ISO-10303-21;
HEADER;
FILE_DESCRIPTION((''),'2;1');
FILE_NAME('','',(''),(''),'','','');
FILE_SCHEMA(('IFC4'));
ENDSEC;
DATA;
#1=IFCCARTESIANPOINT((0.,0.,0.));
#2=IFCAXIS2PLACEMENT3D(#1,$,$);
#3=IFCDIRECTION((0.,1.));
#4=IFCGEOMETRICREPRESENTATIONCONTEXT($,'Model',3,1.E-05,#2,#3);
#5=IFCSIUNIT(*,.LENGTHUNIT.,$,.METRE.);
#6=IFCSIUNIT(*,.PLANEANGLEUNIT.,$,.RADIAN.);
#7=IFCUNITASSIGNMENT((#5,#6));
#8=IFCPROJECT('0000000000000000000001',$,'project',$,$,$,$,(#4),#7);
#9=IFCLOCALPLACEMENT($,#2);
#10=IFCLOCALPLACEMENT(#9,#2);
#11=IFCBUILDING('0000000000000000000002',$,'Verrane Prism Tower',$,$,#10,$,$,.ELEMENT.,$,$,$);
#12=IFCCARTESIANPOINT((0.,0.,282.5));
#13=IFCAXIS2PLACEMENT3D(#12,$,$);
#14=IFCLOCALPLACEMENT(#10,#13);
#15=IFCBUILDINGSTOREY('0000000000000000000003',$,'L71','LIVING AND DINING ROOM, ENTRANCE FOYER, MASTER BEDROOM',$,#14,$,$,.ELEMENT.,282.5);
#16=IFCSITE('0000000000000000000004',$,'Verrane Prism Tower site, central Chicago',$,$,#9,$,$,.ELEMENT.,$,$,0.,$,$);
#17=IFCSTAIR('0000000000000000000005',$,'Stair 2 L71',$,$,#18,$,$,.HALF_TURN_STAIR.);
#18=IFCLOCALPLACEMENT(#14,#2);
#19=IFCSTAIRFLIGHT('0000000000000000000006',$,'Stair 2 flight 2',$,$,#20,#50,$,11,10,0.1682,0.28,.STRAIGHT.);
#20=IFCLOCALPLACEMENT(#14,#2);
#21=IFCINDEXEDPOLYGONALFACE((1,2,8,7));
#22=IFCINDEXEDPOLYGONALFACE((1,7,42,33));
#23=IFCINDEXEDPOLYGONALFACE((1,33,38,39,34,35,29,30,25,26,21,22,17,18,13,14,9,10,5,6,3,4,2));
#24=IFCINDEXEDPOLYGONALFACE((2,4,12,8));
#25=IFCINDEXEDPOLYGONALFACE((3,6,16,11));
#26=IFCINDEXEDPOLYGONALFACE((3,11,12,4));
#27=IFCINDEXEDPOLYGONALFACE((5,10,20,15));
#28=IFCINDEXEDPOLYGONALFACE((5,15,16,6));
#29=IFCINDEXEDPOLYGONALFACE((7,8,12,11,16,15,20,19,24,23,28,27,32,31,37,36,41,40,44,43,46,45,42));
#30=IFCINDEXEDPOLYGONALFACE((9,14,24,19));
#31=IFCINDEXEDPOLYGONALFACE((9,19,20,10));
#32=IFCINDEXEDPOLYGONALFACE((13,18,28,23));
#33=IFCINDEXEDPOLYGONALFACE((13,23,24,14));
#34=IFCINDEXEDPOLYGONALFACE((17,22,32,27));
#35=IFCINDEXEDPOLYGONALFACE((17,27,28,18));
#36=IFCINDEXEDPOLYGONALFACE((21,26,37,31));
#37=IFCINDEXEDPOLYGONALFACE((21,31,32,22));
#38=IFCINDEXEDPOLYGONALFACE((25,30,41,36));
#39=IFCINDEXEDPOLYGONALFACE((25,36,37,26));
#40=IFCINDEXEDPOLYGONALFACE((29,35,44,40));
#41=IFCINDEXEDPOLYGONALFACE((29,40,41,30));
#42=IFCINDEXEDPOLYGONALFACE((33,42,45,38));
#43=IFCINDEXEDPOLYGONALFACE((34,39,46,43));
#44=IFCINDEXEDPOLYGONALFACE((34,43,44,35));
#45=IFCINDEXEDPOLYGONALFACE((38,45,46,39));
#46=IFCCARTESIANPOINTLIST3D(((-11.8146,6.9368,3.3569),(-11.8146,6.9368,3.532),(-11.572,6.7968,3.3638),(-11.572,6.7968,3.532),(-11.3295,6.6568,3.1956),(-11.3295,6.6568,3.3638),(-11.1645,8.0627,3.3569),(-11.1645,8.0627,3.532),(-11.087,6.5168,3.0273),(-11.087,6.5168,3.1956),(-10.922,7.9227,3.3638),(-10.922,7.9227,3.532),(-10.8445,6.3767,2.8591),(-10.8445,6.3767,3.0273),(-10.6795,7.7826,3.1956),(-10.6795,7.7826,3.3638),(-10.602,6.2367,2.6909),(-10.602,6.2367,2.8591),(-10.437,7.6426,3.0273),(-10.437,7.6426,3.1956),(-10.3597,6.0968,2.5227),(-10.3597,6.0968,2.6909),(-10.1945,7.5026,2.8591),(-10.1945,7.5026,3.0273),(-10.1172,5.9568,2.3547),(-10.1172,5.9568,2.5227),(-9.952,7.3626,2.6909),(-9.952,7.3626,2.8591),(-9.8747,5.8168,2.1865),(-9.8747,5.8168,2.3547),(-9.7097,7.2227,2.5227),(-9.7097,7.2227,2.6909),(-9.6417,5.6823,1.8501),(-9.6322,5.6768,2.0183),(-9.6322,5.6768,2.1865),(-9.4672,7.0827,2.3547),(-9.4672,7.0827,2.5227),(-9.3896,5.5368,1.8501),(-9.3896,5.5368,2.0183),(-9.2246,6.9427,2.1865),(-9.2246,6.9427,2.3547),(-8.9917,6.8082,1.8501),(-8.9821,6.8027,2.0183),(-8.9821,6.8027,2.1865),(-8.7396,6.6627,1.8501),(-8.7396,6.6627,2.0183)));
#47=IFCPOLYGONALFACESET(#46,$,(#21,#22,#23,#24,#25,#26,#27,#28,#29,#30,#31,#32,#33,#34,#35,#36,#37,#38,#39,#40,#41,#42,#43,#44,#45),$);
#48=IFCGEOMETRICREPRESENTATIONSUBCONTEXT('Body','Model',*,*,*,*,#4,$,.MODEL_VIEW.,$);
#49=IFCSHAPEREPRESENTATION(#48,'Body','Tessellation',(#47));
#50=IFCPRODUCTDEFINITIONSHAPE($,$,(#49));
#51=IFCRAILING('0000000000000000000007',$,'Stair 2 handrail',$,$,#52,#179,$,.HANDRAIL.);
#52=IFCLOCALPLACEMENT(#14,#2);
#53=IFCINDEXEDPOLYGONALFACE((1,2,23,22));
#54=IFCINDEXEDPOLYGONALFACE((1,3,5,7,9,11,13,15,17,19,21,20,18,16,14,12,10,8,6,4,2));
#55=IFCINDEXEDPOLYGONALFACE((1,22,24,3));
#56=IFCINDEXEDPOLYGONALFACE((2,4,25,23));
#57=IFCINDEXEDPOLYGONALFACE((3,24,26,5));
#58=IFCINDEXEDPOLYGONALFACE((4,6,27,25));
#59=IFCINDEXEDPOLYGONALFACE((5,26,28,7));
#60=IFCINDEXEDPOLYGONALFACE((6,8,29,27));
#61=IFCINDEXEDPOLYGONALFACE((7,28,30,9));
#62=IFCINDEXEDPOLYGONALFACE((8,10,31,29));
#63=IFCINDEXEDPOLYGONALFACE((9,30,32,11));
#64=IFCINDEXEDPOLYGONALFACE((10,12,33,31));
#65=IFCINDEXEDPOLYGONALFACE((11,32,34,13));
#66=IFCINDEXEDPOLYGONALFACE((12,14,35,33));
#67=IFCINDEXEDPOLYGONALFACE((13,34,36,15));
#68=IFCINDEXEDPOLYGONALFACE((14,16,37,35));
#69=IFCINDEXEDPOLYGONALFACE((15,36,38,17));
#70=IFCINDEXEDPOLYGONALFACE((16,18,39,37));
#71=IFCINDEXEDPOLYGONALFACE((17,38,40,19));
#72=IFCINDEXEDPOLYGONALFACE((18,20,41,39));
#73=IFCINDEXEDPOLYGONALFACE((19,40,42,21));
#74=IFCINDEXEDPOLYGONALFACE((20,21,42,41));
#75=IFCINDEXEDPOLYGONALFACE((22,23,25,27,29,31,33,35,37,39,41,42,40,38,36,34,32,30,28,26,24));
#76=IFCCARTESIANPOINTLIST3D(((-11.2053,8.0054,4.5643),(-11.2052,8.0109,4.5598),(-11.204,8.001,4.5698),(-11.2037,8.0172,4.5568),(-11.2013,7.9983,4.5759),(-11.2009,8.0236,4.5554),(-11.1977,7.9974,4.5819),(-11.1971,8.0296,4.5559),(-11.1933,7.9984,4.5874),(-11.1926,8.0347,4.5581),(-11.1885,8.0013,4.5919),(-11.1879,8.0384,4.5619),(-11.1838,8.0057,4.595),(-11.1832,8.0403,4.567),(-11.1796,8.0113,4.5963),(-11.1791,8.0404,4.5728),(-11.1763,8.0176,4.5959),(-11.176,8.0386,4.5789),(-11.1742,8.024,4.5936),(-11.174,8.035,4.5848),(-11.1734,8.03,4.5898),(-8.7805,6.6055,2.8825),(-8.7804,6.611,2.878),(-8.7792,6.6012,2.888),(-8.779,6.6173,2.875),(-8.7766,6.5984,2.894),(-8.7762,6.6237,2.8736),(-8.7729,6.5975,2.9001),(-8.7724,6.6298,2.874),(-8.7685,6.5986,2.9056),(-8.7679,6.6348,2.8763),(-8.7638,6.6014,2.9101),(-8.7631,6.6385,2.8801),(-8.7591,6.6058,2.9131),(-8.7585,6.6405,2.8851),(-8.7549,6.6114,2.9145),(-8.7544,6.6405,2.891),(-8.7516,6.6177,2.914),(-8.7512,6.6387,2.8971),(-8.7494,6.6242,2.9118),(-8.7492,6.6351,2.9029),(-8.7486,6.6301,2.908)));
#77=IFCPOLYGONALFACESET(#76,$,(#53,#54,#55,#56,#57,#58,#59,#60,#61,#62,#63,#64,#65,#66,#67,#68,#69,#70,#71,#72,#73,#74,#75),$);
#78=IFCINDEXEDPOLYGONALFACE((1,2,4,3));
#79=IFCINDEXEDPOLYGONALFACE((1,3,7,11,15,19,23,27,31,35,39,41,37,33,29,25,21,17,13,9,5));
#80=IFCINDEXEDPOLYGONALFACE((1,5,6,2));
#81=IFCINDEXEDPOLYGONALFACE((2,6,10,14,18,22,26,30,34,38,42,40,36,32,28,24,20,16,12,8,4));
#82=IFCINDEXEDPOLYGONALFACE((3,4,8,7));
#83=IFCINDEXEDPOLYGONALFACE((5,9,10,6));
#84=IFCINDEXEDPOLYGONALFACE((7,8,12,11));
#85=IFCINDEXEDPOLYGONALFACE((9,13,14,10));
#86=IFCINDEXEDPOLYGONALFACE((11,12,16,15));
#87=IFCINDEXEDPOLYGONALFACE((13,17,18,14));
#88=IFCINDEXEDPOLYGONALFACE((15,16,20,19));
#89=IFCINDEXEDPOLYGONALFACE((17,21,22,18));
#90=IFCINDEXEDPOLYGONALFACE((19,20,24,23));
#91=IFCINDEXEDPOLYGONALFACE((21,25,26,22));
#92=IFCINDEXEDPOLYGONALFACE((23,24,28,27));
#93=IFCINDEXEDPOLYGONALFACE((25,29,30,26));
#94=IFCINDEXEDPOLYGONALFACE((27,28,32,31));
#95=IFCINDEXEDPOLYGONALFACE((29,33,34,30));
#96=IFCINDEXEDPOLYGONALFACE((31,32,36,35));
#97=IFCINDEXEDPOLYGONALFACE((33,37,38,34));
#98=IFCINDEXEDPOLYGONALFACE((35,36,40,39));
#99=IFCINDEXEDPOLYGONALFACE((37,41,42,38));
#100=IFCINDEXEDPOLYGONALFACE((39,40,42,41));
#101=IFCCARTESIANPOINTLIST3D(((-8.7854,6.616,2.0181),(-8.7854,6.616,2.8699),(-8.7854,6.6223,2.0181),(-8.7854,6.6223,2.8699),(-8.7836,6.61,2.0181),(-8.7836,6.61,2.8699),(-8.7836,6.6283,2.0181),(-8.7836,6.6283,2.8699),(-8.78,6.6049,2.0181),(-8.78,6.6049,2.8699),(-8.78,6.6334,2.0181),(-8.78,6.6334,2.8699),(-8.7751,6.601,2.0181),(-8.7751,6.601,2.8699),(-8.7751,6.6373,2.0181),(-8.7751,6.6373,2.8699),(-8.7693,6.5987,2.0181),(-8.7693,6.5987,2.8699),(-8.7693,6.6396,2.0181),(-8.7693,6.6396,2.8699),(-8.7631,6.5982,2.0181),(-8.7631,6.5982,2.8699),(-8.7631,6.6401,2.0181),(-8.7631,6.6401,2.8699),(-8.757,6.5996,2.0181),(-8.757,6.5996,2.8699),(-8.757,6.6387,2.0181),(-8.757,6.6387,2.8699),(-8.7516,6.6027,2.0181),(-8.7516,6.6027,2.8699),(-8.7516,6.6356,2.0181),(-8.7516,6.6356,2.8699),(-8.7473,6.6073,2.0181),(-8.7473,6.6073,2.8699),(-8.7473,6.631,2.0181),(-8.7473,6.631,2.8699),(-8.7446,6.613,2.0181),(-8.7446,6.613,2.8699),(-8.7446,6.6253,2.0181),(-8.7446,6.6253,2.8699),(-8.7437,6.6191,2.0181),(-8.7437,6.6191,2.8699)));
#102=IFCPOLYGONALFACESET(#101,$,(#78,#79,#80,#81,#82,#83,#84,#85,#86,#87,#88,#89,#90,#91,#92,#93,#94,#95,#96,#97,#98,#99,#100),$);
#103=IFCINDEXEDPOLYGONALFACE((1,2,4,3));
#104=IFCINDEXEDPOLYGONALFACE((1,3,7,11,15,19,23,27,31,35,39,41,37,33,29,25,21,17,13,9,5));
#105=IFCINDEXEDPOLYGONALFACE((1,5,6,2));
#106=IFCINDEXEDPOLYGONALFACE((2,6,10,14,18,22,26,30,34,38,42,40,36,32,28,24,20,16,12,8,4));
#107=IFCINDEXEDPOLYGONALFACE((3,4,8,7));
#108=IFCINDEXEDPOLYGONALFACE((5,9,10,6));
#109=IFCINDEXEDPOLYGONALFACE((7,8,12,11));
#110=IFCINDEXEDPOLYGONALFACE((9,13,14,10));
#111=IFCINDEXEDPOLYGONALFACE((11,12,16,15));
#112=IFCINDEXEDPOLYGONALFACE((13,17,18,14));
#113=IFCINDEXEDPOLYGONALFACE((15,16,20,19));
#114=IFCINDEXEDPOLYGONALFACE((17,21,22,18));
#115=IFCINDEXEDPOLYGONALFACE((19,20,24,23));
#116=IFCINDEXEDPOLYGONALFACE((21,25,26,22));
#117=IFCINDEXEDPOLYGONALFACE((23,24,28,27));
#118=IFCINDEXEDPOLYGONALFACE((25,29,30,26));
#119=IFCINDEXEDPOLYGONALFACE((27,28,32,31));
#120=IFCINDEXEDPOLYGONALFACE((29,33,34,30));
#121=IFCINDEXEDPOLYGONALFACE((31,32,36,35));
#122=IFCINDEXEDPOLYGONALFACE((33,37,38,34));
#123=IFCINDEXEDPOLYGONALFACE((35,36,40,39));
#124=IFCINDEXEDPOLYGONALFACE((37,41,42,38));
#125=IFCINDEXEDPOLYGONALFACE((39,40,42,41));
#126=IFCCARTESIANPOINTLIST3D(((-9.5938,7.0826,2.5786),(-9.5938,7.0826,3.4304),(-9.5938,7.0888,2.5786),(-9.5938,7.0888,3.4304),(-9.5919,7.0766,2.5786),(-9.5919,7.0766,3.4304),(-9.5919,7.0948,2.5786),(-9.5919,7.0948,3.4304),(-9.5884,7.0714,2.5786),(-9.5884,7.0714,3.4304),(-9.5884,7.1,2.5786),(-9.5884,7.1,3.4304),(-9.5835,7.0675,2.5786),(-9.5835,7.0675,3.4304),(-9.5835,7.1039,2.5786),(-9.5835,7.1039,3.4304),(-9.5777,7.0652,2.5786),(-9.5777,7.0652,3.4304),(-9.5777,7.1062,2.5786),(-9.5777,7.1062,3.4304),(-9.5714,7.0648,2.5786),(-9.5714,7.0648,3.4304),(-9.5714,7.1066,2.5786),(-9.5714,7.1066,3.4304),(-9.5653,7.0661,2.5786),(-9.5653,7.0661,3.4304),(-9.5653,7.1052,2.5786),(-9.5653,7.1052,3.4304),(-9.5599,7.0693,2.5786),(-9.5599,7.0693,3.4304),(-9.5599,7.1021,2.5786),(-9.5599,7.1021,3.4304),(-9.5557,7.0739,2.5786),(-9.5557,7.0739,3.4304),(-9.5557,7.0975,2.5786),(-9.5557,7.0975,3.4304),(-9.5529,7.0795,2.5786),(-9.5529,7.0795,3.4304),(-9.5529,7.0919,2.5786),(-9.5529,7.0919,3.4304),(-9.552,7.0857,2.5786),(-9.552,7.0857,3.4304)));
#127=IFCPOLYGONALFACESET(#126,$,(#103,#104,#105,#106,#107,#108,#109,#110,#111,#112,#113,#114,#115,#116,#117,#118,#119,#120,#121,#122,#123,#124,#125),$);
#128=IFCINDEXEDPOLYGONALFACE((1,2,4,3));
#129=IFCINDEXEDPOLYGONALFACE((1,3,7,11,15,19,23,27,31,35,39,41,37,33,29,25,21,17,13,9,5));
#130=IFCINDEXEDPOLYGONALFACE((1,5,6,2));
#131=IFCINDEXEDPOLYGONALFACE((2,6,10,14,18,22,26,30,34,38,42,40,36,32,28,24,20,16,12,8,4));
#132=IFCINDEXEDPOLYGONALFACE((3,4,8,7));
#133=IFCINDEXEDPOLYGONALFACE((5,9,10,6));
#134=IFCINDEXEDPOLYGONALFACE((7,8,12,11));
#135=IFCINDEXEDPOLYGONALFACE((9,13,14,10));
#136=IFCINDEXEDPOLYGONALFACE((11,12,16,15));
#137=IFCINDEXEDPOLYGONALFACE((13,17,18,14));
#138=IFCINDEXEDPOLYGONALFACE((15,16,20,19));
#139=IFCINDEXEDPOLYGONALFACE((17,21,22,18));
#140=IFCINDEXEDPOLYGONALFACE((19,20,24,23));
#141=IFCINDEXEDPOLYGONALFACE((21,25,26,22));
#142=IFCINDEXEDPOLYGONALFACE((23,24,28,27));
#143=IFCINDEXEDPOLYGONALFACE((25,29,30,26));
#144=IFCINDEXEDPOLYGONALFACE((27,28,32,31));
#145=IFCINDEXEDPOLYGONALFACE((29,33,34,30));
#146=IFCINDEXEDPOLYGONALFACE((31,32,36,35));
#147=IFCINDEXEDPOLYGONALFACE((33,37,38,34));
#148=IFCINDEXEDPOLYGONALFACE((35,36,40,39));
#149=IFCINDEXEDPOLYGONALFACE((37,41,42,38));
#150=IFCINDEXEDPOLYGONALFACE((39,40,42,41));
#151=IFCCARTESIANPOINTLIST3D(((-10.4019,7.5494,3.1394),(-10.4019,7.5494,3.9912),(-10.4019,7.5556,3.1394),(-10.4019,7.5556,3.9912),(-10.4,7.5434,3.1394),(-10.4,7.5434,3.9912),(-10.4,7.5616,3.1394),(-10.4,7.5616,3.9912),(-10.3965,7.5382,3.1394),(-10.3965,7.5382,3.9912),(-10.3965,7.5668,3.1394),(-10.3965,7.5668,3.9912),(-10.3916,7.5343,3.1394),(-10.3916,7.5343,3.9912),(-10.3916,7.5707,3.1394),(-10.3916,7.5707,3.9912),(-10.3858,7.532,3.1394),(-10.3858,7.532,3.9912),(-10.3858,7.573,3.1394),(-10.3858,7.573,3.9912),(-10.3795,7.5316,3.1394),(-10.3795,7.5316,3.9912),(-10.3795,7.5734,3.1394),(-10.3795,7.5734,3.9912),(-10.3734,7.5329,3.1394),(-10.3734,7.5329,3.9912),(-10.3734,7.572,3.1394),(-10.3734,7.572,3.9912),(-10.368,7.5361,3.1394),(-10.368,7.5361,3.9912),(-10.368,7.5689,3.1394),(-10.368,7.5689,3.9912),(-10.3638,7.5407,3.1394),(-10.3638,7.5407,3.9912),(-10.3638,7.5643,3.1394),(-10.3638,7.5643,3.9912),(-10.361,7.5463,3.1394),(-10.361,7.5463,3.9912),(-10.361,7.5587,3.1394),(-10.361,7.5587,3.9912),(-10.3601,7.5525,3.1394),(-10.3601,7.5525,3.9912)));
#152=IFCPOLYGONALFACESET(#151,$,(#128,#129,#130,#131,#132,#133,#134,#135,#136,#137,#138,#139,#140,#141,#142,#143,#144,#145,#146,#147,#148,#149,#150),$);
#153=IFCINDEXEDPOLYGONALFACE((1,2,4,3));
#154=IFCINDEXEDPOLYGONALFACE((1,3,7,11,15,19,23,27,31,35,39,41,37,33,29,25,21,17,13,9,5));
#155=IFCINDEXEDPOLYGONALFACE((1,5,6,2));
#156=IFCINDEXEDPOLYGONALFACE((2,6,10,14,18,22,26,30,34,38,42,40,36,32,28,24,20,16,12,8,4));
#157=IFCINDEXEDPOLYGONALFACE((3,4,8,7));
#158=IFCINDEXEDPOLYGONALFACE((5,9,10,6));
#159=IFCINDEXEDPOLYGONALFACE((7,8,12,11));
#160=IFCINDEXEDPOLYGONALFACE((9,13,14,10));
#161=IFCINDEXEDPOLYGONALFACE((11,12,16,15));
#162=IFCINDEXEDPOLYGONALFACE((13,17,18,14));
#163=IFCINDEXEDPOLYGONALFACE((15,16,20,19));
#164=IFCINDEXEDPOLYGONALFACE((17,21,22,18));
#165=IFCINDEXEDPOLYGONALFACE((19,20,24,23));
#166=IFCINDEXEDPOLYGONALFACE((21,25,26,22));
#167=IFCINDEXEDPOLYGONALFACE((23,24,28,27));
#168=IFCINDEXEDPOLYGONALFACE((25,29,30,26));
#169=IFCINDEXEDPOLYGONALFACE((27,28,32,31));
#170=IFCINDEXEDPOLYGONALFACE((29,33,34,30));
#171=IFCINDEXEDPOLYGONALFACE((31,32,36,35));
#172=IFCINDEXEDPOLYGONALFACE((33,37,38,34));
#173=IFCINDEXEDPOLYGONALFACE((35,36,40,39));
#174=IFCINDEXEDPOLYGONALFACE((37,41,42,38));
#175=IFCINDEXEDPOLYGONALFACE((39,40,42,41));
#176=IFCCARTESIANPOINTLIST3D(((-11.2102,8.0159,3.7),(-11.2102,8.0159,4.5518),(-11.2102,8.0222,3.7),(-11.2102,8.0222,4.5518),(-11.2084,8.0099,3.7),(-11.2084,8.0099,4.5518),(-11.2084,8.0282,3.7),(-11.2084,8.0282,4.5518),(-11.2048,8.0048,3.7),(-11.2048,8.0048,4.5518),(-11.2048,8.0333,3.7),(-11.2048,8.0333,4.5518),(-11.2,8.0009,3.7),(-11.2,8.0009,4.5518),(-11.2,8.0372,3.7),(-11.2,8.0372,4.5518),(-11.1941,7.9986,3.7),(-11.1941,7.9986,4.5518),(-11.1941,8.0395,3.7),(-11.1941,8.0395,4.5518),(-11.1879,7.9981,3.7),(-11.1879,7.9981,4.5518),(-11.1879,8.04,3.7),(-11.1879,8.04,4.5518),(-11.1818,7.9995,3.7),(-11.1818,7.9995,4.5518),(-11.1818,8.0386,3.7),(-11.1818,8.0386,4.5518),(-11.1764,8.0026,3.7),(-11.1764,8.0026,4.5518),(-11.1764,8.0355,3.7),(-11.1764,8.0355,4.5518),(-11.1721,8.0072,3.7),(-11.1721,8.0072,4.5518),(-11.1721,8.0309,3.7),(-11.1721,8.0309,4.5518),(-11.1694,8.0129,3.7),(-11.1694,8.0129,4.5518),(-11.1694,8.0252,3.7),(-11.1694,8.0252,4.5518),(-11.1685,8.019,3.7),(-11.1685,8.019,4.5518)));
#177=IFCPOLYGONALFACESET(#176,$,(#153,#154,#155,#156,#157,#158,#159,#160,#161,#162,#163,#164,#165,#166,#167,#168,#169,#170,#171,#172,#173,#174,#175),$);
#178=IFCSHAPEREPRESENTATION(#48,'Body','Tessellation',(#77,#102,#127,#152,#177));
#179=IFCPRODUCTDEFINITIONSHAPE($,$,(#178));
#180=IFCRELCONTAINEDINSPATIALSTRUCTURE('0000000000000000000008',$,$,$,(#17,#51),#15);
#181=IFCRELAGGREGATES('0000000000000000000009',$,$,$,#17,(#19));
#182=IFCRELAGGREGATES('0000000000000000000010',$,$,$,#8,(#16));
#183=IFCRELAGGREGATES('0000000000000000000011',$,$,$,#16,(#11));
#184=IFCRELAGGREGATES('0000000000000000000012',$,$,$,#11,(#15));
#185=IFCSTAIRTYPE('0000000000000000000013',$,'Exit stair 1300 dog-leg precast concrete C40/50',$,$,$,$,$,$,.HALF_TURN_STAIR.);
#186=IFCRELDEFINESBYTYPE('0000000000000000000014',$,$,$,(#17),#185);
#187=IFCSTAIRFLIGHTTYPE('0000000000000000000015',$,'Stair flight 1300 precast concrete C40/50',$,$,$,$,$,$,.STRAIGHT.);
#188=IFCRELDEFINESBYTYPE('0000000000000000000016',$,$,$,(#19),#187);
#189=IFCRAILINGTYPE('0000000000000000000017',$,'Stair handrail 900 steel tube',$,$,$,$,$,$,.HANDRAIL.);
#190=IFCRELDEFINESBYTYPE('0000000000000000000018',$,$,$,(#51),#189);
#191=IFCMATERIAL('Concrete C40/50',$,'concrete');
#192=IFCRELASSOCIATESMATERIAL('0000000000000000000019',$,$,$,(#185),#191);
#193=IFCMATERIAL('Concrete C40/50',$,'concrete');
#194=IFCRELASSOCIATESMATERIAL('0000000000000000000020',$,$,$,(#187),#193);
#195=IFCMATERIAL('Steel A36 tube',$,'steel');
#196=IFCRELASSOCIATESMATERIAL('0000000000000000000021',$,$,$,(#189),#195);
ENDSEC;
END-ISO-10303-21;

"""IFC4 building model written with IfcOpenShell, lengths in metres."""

from ifc_helpers import new_model, si_unit, direction, frame, origin, origin_2d, place, context, subcontext, project, spatial, polyline, circle, outline, extrude, material, type_object, element, aggregate, save


model = new_model("IFC4")

# Units and contexts
model_context = context("Model", 3, precision=1e-05, world=origin(), true_north=direction((0.0, 1.0)))
body_context = subcontext(model_context, "Body", "Model", "MODEL_VIEW")
ifc_project = project(units=[si_unit("LENGTHUNIT", "METRE"), si_unit("PLANEANGLEUNIT", "RADIAN")], contexts=[model_context])

# Site, building, storey
site_placement = place(None, origin())
site = spatial("IfcSite", under=ifc_project, at=site_placement, Name="Verrane Prism Tower site, central Chicago", CompositionType="ELEMENT", RefElevation=0.0)
building_placement = place(site_placement, origin())
building = spatial("IfcBuilding", under=site, at=building_placement, Name="Verrane Prism Tower", CompositionType="ELEMENT")
storey_placement = place(building_placement, frame((0.0, 0.0, 282.5)))
storey = spatial("IfcBuildingStorey", under=building, at=storey_placement, Name="L71", Description="LIVING AND DINING ROOM, ENTRANCE FOYER, MASTER BEDROOM", CompositionType="ELEMENT", Elevation=282.5)

# Stair, stair flight
ifc_material_1 = material(Name="Concrete C40/50", Category="concrete")
stair_type = type_object("IfcStairType", Name="Exit stair 1300 dog-leg precast concrete C40/50", PredefinedType="HALF_TURN_STAIR", material=ifc_material_1)
stair_placement = place(storey_placement, origin())
stair = element("IfcStair", 1, at=stair_placement, inside=storey, type_object=stair_type, Name="Stair 2 L71", PredefinedType="HALF_TURN_STAIR")
ifc_material_2 = material(Name="Concrete C40/50", Category="concrete")
stair_flight_type = type_object("IfcStairFlightType", Name="Stair flight 1300 precast concrete C40/50", PredefinedType="STRAIGHT", material=ifc_material_2)
stair_flight_1_placement = place(storey_placement, frame((-9.0647, 6.0996, 1.8501), z_axis=(0.0, 0.0, 1.0), x_axis=(-0.866025, 0.5, 0.0)))
stair_flight_1 = element("IfcStairFlight", 2, at=stair_flight_1_placement, type_object=stair_flight_type, Name="Stair 2 flight 2", NumberOfRisers=11, NumberOfTreads=10, PredefinedType="STRAIGHT", RiserHeight=0.1682, TreadLength=0.28, context=body_context, shape_type="SweptSolid", body=[
    extrude(outline(polyline([(0.0, 0.0), (0.0, 0.1682), (0.28, 0.1682), (0.28, 0.3364), (0.5601, 0.3364), (0.5601, 0.5046), (0.8401, 0.5046), (0.8401, 0.6726), (1.1201, 0.6726), (1.1201, 0.8408), (1.3999, 0.8408), (1.3999, 1.009), (1.6799, 1.009), (1.6799, 1.1772), (1.96, 1.1772), (1.96, 1.3455), (2.24, 1.3455), (2.24, 1.5137), (2.52, 1.5137), (2.52, 1.6819), (2.8, 1.6819), (2.8, 1.8501), (2.8, 1.5068), (0.291, 0.0), (0.0, 0.0)])), frame((0.0, 0.6499, 0.0), z_axis=(0.0, -1.0, 0.0), x_axis=(1.0, 0.0, 0.0)), (0.0, 0.0, 1.0), 1.3),
])
aggregate(stair, [stair_flight_1])

# Railing
ifc_material_3 = material(Name="Steel A36 tube", Category="steel")
railing_type_1 = type_object("IfcRailingType", Name="Stair handrail 900 steel tube", PredefinedType="HANDRAIL", material=ifc_material_3)
railing_1_placement = place(storey_placement, frame((-8.7646, 6.6191, 2.0181)))
element("IfcRailing", 3, at=railing_1_placement, inside=storey, type_object=railing_type_1, Name="Stair 2 handrail", PredefinedType="HANDRAIL", context=body_context, shape_type="SweptSolid", body=[
    extrude(circle(Radius=0.0239, at=origin_2d()), frame((0.0, 0.0, 0.876), z_axis=(-0.74239, 0.428601, 0.514934), x_axis=(-0.499984, -0.866035, 0.0)), (0.0, 0.0, 1.0), 3.2661),
    extrude(circle(Radius=0.021, at=origin_2d()), origin(), (0.0, 0.0, 1.0), 0.8518),
    extrude(circle(Radius=0.021, at=origin_2d()), frame((-0.8083, 0.4666, 0.5605)), (0.0, 0.0, 1.0), 0.8518),
    extrude(circle(Radius=0.021, at=origin_2d()), frame((-1.6165, 0.9333, 1.1213)), (0.0, 0.0, 1.0), 0.8518),
    extrude(circle(Radius=0.021, at=origin_2d()), frame((-2.4248, 1.3999, 1.6819)), (0.0, 0.0, 1.0), 0.8518),
])

save(model, "model.ifc")
